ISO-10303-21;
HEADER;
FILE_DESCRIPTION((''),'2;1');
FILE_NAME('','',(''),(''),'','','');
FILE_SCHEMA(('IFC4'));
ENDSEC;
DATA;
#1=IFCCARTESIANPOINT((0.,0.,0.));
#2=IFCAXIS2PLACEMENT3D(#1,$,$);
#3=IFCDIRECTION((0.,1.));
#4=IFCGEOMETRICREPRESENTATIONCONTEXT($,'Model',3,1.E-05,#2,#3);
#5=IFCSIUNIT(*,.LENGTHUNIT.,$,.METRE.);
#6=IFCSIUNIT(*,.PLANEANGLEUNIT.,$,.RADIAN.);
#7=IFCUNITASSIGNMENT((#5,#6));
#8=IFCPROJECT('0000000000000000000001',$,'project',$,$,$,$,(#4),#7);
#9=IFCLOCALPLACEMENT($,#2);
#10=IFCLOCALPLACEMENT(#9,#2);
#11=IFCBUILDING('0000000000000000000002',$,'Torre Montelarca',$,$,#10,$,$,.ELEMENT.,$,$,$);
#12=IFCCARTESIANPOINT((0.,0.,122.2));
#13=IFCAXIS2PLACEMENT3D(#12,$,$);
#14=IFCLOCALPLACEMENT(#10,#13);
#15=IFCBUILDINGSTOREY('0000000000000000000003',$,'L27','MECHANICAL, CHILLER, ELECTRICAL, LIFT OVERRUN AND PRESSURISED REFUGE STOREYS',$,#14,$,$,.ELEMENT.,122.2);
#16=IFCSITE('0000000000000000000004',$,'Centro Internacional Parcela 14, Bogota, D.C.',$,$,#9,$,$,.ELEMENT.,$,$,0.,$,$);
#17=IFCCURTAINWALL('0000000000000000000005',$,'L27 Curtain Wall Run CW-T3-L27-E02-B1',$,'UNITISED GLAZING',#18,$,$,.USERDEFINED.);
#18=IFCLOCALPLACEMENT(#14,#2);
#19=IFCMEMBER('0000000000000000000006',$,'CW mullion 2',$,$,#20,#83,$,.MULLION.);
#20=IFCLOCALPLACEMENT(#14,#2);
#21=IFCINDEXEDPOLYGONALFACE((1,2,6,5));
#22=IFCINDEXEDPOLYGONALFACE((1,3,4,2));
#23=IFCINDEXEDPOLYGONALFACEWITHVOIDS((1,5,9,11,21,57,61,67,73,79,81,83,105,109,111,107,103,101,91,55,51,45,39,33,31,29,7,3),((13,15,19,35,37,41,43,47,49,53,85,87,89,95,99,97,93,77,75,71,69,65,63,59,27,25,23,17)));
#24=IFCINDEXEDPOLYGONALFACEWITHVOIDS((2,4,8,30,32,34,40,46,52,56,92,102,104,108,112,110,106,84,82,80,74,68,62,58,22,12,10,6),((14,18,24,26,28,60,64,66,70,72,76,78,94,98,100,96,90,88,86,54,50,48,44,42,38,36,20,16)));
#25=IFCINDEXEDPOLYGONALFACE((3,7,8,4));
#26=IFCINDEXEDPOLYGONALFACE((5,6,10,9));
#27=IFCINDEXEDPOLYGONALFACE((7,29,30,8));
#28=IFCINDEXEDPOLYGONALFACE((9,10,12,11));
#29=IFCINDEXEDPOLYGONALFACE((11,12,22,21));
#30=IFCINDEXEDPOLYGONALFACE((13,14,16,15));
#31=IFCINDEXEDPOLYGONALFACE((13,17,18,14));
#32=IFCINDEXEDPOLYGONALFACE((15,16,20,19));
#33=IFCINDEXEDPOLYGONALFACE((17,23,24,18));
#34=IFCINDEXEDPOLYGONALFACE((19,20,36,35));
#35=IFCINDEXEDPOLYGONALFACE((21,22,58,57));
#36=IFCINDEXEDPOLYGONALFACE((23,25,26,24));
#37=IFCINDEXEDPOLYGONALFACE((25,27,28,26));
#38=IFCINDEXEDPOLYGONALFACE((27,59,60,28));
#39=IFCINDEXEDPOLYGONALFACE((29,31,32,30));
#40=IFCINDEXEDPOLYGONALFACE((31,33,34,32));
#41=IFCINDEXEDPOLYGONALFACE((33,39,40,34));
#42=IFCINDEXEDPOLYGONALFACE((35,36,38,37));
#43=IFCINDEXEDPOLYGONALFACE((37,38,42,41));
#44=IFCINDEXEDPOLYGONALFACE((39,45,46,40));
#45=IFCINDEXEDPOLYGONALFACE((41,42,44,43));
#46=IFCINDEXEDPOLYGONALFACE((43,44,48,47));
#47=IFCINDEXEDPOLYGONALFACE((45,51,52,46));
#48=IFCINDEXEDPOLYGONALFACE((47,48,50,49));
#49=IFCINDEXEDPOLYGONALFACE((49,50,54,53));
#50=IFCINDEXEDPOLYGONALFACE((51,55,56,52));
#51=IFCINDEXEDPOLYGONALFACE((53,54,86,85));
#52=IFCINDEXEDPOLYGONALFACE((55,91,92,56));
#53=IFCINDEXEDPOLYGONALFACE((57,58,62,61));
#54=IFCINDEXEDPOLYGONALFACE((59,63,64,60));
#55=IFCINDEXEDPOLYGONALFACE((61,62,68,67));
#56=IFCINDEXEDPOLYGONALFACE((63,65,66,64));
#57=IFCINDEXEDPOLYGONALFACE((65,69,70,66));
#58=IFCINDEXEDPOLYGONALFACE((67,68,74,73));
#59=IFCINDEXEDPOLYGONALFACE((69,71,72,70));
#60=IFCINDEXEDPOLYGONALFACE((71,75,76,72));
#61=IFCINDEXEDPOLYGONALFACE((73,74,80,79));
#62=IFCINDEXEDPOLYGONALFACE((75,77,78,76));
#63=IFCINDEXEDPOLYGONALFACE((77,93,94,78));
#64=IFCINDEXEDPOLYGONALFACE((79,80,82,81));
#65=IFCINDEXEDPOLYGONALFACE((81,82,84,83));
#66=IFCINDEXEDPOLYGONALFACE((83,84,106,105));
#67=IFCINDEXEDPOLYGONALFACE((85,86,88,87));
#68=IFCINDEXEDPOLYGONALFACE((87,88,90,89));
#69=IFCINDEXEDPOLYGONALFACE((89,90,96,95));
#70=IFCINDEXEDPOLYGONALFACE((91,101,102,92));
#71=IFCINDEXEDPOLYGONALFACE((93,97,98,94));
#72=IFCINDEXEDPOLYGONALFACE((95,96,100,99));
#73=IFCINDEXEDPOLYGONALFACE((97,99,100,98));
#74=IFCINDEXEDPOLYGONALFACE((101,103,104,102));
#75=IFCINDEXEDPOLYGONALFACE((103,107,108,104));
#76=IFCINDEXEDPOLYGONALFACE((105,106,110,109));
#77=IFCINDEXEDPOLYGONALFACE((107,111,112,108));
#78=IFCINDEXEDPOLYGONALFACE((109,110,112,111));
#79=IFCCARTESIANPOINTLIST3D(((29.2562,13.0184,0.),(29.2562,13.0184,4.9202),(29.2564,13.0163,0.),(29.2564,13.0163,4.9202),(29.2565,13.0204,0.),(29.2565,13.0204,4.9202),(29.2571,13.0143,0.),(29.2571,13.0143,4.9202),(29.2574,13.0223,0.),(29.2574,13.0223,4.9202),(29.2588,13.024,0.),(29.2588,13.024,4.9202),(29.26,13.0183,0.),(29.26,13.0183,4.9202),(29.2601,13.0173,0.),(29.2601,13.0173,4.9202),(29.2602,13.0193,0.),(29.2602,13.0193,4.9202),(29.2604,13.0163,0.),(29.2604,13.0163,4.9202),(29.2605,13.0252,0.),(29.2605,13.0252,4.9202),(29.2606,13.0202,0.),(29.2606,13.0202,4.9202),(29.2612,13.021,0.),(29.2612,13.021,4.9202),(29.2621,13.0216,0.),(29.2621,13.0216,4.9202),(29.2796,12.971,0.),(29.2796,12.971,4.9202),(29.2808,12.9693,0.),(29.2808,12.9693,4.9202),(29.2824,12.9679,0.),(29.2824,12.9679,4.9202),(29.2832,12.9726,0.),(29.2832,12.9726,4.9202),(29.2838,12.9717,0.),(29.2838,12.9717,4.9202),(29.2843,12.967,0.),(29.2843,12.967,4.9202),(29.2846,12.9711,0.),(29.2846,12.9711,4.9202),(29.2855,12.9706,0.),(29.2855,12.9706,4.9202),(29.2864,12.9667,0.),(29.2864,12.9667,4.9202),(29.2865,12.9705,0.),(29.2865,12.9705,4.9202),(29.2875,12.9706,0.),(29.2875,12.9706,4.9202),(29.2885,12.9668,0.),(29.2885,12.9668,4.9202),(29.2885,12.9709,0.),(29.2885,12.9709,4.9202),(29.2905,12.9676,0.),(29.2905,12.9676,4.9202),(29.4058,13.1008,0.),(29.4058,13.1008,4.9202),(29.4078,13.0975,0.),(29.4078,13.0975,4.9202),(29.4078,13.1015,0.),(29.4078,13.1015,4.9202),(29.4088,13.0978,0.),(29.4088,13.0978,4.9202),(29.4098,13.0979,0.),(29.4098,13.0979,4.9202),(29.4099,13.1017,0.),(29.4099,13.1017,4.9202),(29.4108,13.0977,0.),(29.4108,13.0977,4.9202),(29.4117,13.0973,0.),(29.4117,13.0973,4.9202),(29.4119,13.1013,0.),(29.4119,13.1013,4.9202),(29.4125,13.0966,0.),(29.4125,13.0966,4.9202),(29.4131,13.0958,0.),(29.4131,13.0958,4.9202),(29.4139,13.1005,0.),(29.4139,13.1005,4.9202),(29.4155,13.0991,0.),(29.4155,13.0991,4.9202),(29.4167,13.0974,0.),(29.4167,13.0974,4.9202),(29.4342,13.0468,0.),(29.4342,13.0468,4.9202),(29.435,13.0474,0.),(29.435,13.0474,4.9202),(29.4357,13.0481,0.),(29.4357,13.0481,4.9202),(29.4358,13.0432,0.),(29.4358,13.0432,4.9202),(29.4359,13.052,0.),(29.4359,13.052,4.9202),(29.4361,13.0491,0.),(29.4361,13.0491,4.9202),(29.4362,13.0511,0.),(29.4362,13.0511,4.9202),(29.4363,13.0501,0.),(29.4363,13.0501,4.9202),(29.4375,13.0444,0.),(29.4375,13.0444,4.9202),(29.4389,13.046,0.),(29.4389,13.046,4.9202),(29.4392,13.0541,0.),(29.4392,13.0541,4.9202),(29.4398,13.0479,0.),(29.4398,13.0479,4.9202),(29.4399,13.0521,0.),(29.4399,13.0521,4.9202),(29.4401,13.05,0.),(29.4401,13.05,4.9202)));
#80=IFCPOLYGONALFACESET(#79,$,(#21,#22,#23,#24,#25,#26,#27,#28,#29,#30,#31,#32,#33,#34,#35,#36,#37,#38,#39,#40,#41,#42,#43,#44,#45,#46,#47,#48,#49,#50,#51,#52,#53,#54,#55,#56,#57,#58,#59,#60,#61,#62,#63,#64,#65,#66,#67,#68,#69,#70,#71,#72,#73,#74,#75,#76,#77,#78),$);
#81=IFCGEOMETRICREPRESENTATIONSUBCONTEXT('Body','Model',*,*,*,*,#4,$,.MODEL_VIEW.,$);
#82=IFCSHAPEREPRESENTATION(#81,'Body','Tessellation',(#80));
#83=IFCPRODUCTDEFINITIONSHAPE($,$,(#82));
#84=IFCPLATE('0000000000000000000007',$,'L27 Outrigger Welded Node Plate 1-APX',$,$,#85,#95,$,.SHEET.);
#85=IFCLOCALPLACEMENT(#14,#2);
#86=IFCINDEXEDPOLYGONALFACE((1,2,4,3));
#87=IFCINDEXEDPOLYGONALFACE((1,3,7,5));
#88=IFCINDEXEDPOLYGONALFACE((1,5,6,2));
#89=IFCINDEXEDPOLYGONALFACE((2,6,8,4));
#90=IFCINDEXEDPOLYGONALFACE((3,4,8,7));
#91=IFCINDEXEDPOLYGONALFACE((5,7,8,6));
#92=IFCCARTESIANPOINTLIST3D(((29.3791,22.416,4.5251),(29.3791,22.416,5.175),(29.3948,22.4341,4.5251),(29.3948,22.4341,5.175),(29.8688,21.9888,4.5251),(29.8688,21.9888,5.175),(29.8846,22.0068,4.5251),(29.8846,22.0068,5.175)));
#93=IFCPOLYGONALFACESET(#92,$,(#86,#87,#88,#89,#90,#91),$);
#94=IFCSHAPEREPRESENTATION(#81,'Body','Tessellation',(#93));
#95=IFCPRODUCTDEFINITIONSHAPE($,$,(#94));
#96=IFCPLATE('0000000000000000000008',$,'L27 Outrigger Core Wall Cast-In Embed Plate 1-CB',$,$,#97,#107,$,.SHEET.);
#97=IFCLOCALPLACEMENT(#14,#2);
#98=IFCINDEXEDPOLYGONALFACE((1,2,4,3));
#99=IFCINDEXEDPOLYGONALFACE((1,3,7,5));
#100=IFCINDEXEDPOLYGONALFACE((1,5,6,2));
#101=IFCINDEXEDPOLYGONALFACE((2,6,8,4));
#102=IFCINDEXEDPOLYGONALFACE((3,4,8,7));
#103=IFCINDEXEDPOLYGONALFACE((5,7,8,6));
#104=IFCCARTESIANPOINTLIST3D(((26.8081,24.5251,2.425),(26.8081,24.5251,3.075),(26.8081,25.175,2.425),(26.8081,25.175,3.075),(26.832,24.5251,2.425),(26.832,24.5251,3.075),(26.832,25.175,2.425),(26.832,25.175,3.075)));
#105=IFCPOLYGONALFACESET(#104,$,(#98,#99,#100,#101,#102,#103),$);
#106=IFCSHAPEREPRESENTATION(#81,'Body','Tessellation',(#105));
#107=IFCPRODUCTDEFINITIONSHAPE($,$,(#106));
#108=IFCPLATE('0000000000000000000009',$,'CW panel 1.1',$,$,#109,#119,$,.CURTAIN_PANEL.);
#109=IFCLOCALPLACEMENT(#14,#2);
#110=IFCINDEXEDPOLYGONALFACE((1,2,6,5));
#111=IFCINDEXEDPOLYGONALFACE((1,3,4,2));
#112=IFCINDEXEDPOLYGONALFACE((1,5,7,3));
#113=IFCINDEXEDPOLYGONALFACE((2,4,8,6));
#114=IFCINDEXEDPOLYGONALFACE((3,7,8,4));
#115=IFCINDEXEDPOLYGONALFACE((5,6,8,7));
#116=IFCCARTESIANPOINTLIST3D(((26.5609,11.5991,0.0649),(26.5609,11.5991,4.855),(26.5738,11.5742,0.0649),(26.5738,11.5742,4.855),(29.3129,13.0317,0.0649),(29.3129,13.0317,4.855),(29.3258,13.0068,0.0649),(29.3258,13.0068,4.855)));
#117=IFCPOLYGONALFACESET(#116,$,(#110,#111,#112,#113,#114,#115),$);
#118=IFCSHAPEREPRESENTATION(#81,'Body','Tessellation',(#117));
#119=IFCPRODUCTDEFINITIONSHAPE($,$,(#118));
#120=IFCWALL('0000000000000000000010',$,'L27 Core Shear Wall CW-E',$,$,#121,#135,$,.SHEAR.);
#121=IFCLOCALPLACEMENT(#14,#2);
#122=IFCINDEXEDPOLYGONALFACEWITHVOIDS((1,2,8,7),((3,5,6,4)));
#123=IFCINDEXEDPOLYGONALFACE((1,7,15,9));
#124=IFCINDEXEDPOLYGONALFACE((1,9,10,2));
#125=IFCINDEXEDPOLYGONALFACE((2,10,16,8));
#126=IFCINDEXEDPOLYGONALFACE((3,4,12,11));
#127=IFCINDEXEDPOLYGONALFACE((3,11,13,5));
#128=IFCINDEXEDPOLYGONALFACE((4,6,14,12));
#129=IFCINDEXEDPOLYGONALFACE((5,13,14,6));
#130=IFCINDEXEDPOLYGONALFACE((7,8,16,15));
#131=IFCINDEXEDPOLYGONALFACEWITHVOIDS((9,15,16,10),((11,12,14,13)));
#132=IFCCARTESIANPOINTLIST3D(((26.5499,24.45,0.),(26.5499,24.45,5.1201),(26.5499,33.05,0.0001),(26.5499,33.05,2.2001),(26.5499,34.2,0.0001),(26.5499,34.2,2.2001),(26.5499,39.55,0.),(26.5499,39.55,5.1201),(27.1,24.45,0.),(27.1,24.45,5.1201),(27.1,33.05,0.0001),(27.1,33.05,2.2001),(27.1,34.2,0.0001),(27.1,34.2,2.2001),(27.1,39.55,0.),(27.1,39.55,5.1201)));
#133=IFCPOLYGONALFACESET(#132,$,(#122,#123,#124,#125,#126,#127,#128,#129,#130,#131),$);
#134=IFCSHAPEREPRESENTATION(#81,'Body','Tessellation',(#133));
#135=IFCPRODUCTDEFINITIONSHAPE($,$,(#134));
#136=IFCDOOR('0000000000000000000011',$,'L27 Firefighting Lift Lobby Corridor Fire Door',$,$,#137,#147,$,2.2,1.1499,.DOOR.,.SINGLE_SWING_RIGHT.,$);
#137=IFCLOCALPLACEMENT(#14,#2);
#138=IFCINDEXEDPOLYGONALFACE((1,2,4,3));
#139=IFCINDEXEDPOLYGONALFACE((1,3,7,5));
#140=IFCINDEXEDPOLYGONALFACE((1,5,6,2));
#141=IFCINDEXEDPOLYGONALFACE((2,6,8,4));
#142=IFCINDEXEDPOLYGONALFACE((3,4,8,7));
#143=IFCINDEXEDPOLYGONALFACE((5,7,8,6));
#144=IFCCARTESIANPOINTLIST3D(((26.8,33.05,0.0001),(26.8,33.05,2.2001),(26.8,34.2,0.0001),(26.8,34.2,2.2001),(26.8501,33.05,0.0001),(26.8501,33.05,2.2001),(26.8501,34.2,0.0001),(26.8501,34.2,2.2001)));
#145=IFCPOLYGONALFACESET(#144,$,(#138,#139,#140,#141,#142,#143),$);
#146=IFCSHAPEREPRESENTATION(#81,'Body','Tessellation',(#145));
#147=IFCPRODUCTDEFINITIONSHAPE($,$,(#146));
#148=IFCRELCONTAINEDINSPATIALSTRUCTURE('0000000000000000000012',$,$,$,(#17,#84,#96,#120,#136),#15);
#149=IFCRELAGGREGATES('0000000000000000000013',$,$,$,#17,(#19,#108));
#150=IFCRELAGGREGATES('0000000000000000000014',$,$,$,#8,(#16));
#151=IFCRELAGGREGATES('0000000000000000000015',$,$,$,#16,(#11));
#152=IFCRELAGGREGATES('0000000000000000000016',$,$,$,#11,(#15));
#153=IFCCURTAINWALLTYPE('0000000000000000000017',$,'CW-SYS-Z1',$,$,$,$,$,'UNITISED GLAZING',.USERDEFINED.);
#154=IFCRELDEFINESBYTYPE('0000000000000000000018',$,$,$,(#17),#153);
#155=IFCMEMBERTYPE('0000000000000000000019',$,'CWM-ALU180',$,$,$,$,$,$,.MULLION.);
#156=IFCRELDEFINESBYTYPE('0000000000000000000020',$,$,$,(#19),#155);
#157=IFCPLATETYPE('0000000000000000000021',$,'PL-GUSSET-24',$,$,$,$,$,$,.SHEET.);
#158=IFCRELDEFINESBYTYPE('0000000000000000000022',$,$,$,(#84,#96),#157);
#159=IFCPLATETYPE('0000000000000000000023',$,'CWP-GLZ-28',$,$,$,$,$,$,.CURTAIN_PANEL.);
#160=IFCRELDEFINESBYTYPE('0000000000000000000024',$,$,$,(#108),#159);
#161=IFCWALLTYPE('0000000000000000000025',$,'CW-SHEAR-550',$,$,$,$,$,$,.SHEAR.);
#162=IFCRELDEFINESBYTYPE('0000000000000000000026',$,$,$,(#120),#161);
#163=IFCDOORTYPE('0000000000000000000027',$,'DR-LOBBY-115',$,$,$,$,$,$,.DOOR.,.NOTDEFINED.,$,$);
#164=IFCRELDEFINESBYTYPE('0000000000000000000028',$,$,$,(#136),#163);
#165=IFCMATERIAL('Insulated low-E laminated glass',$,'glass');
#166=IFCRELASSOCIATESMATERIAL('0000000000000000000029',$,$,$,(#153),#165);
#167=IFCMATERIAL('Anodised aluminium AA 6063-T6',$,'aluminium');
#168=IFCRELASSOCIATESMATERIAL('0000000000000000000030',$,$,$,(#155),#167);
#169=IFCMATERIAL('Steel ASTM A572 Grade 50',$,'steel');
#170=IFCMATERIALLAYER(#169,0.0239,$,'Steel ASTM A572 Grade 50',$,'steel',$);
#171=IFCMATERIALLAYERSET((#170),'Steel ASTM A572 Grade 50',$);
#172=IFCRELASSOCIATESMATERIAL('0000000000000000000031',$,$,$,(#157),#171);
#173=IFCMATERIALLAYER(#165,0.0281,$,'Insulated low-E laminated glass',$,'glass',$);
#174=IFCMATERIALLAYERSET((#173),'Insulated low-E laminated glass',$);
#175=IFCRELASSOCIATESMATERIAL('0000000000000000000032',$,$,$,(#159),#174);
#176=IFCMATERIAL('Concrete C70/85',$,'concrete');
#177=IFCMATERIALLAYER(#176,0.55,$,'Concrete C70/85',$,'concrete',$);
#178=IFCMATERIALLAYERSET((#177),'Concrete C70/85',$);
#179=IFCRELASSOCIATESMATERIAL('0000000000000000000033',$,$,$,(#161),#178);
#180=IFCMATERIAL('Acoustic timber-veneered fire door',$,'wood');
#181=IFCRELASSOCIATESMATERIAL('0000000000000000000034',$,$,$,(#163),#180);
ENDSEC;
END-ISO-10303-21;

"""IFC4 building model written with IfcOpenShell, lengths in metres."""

from ifc_helpers import new_model, si_unit, direction, frame, frame_2d, origin, origin_2d, place, context, subcontext, project, spatial, rectangle, hollow_rectangle, extrude, source, transform, mapped, material, layer, layer_set, material_profile, profile_set, type_object, element, fill, aggregate, save


model = new_model("IFC4")

# Units and contexts
model_context = context("Model", 3, precision=1e-05, world=origin(), true_north=direction((0.0, 1.0)))
body_context = subcontext(model_context, "Body", "Model", "MODEL_VIEW")
ifc_project = project(units=[si_unit("LENGTHUNIT", "METRE"), si_unit("PLANEANGLEUNIT", "RADIAN")], contexts=[model_context])

# Site, building, storey
site_placement = place(None, origin())
site = spatial("IfcSite", under=ifc_project, at=site_placement, Name="Centro Internacional Parcela 14, Bogota, D.C.", CompositionType="ELEMENT", RefElevation=0.0)
building_placement = place(site_placement, origin())
building = spatial("IfcBuilding", under=site, at=building_placement, Name="Torre Montelarca", CompositionType="ELEMENT")
storey_placement = place(building_placement, frame((0.0, 0.0, 122.2)))
storey = spatial("IfcBuildingStorey", under=building, at=storey_placement, Name="L27", Description="MECHANICAL, CHILLER, ELECTRICAL, LIFT OVERRUN AND PRESSURISED REFUGE STOREYS", CompositionType="ELEMENT", Elevation=122.2)

# Curtain wall
ifc_material_1 = material(Name="Insulated low-E laminated glass", Category="glass")
curtain_wall_type = type_object("IfcCurtainWallType", Name="CW-SYS-Z1", ElementType="UNITISED GLAZING", PredefinedType="USERDEFINED", material=ifc_material_1)
curtain_wall_1_placement = place(storey_placement, origin())
curtain_wall_1 = element("IfcCurtainWall", 1, at=curtain_wall_1_placement, inside=storey, type_object=curtain_wall_type, Name="L27 Curtain Wall Run CW-T3-L27-E02-B1", ObjectType="UNITISED GLAZING", PredefinedType="USERDEFINED")
ifc_material_2 = material(Name="Anodised aluminium AA 6063-T6", Category="aluminium")

# Shared definitions
ifc_material_profile_1 = material_profile(ifc_material_2, hollow_rectangle(XDim=0.0649, YDim=0.1799, WallThickness=0.0039, InnerFilletRadius=0.0039, OuterFilletRadius=0.0081, at=origin_2d()), Name="ALU65X180X4", Category="aluminium")
ifc_profile_set_1 = profile_set([ifc_material_profile_1], Name="Anodised aluminium AA 6063-T6")
member_type_1 = type_object("IfcMemberType", Name="CWM-ALU180", PredefinedType="MULLION", material=ifc_profile_set_1)
shared_shape_1 = source(origin(), body_context, "Body", "SweptSolid", [
    extrude(hollow_rectangle(XDim=0.0649, YDim=0.1799, WallThickness=0.0039, InnerFilletRadius=0.0039, OuterFilletRadius=0.0081, at=origin_2d()), origin(), (0.0, 0.0, 1.0), 4.9202),
])

# Member
member_1_placement = place(storey_placement, frame((29.3481, 13.0342, 0.0), z_axis=(0.0, 0.0, 1.0), x_axis=(-0.461741, 0.887015, 0.0)))
member_1 = element("IfcMember", 2, at=member_1_placement, type_object=member_type_1, Name="CW mullion 2", PredefinedType="MULLION", context=body_context, shape_type="MappedRepresentation", body=[
    mapped(shared_shape_1, transform((0.0, 0.0, 0.0), scale=1.0)),
])

# Plates
ifc_material_3 = material(Name="Steel ASTM A572 Grade 50", Category="steel")
ifc_layer_1 = layer(ifc_material_3, 0.0239, Name="Steel ASTM A572 Grade 50", Category="steel")
ifc_layer_set_1 = layer_set([ifc_layer_1], Name="Steel ASTM A572 Grade 50")
plate_type_1 = type_object("IfcPlateType", Name="PL-GUSSET-24", PredefinedType="SHEET", material=ifc_layer_set_1)
shared_shape_2 = source(origin(), body_context, "Body", "SweptSolid", [
    extrude(rectangle(XDim=0.6499, YDim=0.0239, at=origin_2d()), origin(), (0.0, 0.0, 1.0), 0.6499),
])
for number, where, z_axis, x_axis, name in (
    (3, (29.6318, 22.2114, 4.5251), (0.0, 0.0, 1.0), (-0.753563, 0.657375, 0.0), "L27 Outrigger Welded Node Plate 1-APX"),
    (4, (26.8201, 24.8501, 2.425), (0.0, 0.0, 1.0), (0.0, 1.0, 0.0), "L27 Outrigger Core Wall Cast-In Embed Plate 1-CB"),
):
    element("IfcPlate", number, at=place(storey_placement, frame(where, z_axis=z_axis, x_axis=x_axis)), inside=storey, type_object=plate_type_1, Name=name, PredefinedType="SHEET", context=body_context, shape_type="MappedRepresentation", body=[
        mapped(shared_shape_2, transform((0.0, 0.0, 0.0), scale=1.0)),
    ])

# Plate
ifc_layer_2 = layer(ifc_material_1, 0.0281, Name="Insulated low-E laminated glass", Category="glass")
ifc_layer_set_2 = layer_set([ifc_layer_2], Name="Insulated low-E laminated glass")
plate_type_2 = type_object("IfcPlateType", Name="CWP-GLZ-28", PredefinedType="CURTAIN_PANEL", material=ifc_layer_set_2)
shared_shape_3 = source(origin(), body_context, "Body", "SweptSolid", [
    extrude(rectangle(XDim=3.1025, YDim=0.0281, at=origin_2d()), origin(), (0.0, 0.0, 1.0), 4.79),
])
plate_placement = place(storey_placement, frame((27.9434, 12.303, 0.0649), z_axis=(0.0, 0.0, 1.0), x_axis=(0.887015, 0.461741, 0.0)))
plate = element("IfcPlate", 5, at=plate_placement, type_object=plate_type_2, Name="CW panel 1.1", PredefinedType="CURTAIN_PANEL", context=body_context, shape_type="MappedRepresentation", body=[
    mapped(shared_shape_3, transform((0.0, 0.0, 0.0), scale=1.0)),
])
aggregate(curtain_wall_1, [member_1, plate])

# Wall, opening, door
ifc_material_4 = material(Name="Concrete C70/85", Category="concrete")
ifc_layer_3 = layer(ifc_material_4, 0.55, Name="Concrete C70/85", Category="concrete")
ifc_layer_set_3 = layer_set([ifc_layer_3], Name="Concrete C70/85")
wall_type_1 = type_object("IfcWallType", Name="CW-SHEAR-550", PredefinedType="SHEAR", material=ifc_layer_set_3)
wall_1_placement = place(storey_placement, frame((26.825, 24.45, 0.0), z_axis=(0.0, 0.0, 1.0), x_axis=(0.0, 1.0, 0.0)))
wall_1 = element("IfcWall", 6, at=wall_1_placement, inside=storey, type_object=wall_type_1, Name="L27 Core Shear Wall CW-E", PredefinedType="SHEAR", context=body_context, shape_type="SweptSolid", body=[
    extrude(rectangle(XDim=15.1001, YDim=0.55, at=frame_2d((7.55, 0.0))), origin(), (0.0, 0.0, 1.0), 5.1201),
])
opening_1_placement = place(wall_1_placement, frame((8.6001, 0.0, 0.0)))
opening_1 = element("IfcOpeningElement", 7, at=opening_1_placement, cuts=wall_1, PredefinedType="OPENING", context=body_context, shape_type="SweptSolid", body=[
    extrude(rectangle(XDim=1.1499, YDim=2.2, at=frame_2d((0.575, 1.1001))), frame((0.0, 0.2852, 0.0), z_axis=(0.0, -1.0, 0.0), x_axis=(1.0, 0.0, 0.0)), (0.0, 0.0, 1.0), 0.5701),
])
ifc_material_5 = material(Name="Acoustic timber-veneered fire door", Category="wood")
door_type_1 = type_object("IfcDoorType", Name="DR-LOBBY-115", OperationType="NOTDEFINED", PredefinedType="DOOR", material=ifc_material_5)
shared_shape_4 = source(origin(), body_context, "Body", "SweptSolid", [
    extrude(rectangle(XDim=1.1499, YDim=2.2, at=frame_2d((0.575, 1.1001))), frame((0.0, 0.0249, 0.0), z_axis=(0.0, -1.0, 0.0), x_axis=(1.0, 0.0, 0.0)), (0.0, 0.0, 1.0), 0.05),
])
door_1_placement = place(opening_1_placement, origin())
door_1 = element("IfcDoor", 8, at=door_1_placement, inside=storey, type_object=door_type_1, Name="L27 Firefighting Lift Lobby Corridor Fire Door", OperationType="SINGLE_SWING_RIGHT", OverallHeight=2.2, OverallWidth=1.1499, PredefinedType="DOOR", context=body_context, shape_type="MappedRepresentation", body=[
    mapped(shared_shape_4, transform((0.0, 0.0, 0.0), scale=1.0)),
])
fill(opening_1, door_1)

save(model, "model.ifc")
